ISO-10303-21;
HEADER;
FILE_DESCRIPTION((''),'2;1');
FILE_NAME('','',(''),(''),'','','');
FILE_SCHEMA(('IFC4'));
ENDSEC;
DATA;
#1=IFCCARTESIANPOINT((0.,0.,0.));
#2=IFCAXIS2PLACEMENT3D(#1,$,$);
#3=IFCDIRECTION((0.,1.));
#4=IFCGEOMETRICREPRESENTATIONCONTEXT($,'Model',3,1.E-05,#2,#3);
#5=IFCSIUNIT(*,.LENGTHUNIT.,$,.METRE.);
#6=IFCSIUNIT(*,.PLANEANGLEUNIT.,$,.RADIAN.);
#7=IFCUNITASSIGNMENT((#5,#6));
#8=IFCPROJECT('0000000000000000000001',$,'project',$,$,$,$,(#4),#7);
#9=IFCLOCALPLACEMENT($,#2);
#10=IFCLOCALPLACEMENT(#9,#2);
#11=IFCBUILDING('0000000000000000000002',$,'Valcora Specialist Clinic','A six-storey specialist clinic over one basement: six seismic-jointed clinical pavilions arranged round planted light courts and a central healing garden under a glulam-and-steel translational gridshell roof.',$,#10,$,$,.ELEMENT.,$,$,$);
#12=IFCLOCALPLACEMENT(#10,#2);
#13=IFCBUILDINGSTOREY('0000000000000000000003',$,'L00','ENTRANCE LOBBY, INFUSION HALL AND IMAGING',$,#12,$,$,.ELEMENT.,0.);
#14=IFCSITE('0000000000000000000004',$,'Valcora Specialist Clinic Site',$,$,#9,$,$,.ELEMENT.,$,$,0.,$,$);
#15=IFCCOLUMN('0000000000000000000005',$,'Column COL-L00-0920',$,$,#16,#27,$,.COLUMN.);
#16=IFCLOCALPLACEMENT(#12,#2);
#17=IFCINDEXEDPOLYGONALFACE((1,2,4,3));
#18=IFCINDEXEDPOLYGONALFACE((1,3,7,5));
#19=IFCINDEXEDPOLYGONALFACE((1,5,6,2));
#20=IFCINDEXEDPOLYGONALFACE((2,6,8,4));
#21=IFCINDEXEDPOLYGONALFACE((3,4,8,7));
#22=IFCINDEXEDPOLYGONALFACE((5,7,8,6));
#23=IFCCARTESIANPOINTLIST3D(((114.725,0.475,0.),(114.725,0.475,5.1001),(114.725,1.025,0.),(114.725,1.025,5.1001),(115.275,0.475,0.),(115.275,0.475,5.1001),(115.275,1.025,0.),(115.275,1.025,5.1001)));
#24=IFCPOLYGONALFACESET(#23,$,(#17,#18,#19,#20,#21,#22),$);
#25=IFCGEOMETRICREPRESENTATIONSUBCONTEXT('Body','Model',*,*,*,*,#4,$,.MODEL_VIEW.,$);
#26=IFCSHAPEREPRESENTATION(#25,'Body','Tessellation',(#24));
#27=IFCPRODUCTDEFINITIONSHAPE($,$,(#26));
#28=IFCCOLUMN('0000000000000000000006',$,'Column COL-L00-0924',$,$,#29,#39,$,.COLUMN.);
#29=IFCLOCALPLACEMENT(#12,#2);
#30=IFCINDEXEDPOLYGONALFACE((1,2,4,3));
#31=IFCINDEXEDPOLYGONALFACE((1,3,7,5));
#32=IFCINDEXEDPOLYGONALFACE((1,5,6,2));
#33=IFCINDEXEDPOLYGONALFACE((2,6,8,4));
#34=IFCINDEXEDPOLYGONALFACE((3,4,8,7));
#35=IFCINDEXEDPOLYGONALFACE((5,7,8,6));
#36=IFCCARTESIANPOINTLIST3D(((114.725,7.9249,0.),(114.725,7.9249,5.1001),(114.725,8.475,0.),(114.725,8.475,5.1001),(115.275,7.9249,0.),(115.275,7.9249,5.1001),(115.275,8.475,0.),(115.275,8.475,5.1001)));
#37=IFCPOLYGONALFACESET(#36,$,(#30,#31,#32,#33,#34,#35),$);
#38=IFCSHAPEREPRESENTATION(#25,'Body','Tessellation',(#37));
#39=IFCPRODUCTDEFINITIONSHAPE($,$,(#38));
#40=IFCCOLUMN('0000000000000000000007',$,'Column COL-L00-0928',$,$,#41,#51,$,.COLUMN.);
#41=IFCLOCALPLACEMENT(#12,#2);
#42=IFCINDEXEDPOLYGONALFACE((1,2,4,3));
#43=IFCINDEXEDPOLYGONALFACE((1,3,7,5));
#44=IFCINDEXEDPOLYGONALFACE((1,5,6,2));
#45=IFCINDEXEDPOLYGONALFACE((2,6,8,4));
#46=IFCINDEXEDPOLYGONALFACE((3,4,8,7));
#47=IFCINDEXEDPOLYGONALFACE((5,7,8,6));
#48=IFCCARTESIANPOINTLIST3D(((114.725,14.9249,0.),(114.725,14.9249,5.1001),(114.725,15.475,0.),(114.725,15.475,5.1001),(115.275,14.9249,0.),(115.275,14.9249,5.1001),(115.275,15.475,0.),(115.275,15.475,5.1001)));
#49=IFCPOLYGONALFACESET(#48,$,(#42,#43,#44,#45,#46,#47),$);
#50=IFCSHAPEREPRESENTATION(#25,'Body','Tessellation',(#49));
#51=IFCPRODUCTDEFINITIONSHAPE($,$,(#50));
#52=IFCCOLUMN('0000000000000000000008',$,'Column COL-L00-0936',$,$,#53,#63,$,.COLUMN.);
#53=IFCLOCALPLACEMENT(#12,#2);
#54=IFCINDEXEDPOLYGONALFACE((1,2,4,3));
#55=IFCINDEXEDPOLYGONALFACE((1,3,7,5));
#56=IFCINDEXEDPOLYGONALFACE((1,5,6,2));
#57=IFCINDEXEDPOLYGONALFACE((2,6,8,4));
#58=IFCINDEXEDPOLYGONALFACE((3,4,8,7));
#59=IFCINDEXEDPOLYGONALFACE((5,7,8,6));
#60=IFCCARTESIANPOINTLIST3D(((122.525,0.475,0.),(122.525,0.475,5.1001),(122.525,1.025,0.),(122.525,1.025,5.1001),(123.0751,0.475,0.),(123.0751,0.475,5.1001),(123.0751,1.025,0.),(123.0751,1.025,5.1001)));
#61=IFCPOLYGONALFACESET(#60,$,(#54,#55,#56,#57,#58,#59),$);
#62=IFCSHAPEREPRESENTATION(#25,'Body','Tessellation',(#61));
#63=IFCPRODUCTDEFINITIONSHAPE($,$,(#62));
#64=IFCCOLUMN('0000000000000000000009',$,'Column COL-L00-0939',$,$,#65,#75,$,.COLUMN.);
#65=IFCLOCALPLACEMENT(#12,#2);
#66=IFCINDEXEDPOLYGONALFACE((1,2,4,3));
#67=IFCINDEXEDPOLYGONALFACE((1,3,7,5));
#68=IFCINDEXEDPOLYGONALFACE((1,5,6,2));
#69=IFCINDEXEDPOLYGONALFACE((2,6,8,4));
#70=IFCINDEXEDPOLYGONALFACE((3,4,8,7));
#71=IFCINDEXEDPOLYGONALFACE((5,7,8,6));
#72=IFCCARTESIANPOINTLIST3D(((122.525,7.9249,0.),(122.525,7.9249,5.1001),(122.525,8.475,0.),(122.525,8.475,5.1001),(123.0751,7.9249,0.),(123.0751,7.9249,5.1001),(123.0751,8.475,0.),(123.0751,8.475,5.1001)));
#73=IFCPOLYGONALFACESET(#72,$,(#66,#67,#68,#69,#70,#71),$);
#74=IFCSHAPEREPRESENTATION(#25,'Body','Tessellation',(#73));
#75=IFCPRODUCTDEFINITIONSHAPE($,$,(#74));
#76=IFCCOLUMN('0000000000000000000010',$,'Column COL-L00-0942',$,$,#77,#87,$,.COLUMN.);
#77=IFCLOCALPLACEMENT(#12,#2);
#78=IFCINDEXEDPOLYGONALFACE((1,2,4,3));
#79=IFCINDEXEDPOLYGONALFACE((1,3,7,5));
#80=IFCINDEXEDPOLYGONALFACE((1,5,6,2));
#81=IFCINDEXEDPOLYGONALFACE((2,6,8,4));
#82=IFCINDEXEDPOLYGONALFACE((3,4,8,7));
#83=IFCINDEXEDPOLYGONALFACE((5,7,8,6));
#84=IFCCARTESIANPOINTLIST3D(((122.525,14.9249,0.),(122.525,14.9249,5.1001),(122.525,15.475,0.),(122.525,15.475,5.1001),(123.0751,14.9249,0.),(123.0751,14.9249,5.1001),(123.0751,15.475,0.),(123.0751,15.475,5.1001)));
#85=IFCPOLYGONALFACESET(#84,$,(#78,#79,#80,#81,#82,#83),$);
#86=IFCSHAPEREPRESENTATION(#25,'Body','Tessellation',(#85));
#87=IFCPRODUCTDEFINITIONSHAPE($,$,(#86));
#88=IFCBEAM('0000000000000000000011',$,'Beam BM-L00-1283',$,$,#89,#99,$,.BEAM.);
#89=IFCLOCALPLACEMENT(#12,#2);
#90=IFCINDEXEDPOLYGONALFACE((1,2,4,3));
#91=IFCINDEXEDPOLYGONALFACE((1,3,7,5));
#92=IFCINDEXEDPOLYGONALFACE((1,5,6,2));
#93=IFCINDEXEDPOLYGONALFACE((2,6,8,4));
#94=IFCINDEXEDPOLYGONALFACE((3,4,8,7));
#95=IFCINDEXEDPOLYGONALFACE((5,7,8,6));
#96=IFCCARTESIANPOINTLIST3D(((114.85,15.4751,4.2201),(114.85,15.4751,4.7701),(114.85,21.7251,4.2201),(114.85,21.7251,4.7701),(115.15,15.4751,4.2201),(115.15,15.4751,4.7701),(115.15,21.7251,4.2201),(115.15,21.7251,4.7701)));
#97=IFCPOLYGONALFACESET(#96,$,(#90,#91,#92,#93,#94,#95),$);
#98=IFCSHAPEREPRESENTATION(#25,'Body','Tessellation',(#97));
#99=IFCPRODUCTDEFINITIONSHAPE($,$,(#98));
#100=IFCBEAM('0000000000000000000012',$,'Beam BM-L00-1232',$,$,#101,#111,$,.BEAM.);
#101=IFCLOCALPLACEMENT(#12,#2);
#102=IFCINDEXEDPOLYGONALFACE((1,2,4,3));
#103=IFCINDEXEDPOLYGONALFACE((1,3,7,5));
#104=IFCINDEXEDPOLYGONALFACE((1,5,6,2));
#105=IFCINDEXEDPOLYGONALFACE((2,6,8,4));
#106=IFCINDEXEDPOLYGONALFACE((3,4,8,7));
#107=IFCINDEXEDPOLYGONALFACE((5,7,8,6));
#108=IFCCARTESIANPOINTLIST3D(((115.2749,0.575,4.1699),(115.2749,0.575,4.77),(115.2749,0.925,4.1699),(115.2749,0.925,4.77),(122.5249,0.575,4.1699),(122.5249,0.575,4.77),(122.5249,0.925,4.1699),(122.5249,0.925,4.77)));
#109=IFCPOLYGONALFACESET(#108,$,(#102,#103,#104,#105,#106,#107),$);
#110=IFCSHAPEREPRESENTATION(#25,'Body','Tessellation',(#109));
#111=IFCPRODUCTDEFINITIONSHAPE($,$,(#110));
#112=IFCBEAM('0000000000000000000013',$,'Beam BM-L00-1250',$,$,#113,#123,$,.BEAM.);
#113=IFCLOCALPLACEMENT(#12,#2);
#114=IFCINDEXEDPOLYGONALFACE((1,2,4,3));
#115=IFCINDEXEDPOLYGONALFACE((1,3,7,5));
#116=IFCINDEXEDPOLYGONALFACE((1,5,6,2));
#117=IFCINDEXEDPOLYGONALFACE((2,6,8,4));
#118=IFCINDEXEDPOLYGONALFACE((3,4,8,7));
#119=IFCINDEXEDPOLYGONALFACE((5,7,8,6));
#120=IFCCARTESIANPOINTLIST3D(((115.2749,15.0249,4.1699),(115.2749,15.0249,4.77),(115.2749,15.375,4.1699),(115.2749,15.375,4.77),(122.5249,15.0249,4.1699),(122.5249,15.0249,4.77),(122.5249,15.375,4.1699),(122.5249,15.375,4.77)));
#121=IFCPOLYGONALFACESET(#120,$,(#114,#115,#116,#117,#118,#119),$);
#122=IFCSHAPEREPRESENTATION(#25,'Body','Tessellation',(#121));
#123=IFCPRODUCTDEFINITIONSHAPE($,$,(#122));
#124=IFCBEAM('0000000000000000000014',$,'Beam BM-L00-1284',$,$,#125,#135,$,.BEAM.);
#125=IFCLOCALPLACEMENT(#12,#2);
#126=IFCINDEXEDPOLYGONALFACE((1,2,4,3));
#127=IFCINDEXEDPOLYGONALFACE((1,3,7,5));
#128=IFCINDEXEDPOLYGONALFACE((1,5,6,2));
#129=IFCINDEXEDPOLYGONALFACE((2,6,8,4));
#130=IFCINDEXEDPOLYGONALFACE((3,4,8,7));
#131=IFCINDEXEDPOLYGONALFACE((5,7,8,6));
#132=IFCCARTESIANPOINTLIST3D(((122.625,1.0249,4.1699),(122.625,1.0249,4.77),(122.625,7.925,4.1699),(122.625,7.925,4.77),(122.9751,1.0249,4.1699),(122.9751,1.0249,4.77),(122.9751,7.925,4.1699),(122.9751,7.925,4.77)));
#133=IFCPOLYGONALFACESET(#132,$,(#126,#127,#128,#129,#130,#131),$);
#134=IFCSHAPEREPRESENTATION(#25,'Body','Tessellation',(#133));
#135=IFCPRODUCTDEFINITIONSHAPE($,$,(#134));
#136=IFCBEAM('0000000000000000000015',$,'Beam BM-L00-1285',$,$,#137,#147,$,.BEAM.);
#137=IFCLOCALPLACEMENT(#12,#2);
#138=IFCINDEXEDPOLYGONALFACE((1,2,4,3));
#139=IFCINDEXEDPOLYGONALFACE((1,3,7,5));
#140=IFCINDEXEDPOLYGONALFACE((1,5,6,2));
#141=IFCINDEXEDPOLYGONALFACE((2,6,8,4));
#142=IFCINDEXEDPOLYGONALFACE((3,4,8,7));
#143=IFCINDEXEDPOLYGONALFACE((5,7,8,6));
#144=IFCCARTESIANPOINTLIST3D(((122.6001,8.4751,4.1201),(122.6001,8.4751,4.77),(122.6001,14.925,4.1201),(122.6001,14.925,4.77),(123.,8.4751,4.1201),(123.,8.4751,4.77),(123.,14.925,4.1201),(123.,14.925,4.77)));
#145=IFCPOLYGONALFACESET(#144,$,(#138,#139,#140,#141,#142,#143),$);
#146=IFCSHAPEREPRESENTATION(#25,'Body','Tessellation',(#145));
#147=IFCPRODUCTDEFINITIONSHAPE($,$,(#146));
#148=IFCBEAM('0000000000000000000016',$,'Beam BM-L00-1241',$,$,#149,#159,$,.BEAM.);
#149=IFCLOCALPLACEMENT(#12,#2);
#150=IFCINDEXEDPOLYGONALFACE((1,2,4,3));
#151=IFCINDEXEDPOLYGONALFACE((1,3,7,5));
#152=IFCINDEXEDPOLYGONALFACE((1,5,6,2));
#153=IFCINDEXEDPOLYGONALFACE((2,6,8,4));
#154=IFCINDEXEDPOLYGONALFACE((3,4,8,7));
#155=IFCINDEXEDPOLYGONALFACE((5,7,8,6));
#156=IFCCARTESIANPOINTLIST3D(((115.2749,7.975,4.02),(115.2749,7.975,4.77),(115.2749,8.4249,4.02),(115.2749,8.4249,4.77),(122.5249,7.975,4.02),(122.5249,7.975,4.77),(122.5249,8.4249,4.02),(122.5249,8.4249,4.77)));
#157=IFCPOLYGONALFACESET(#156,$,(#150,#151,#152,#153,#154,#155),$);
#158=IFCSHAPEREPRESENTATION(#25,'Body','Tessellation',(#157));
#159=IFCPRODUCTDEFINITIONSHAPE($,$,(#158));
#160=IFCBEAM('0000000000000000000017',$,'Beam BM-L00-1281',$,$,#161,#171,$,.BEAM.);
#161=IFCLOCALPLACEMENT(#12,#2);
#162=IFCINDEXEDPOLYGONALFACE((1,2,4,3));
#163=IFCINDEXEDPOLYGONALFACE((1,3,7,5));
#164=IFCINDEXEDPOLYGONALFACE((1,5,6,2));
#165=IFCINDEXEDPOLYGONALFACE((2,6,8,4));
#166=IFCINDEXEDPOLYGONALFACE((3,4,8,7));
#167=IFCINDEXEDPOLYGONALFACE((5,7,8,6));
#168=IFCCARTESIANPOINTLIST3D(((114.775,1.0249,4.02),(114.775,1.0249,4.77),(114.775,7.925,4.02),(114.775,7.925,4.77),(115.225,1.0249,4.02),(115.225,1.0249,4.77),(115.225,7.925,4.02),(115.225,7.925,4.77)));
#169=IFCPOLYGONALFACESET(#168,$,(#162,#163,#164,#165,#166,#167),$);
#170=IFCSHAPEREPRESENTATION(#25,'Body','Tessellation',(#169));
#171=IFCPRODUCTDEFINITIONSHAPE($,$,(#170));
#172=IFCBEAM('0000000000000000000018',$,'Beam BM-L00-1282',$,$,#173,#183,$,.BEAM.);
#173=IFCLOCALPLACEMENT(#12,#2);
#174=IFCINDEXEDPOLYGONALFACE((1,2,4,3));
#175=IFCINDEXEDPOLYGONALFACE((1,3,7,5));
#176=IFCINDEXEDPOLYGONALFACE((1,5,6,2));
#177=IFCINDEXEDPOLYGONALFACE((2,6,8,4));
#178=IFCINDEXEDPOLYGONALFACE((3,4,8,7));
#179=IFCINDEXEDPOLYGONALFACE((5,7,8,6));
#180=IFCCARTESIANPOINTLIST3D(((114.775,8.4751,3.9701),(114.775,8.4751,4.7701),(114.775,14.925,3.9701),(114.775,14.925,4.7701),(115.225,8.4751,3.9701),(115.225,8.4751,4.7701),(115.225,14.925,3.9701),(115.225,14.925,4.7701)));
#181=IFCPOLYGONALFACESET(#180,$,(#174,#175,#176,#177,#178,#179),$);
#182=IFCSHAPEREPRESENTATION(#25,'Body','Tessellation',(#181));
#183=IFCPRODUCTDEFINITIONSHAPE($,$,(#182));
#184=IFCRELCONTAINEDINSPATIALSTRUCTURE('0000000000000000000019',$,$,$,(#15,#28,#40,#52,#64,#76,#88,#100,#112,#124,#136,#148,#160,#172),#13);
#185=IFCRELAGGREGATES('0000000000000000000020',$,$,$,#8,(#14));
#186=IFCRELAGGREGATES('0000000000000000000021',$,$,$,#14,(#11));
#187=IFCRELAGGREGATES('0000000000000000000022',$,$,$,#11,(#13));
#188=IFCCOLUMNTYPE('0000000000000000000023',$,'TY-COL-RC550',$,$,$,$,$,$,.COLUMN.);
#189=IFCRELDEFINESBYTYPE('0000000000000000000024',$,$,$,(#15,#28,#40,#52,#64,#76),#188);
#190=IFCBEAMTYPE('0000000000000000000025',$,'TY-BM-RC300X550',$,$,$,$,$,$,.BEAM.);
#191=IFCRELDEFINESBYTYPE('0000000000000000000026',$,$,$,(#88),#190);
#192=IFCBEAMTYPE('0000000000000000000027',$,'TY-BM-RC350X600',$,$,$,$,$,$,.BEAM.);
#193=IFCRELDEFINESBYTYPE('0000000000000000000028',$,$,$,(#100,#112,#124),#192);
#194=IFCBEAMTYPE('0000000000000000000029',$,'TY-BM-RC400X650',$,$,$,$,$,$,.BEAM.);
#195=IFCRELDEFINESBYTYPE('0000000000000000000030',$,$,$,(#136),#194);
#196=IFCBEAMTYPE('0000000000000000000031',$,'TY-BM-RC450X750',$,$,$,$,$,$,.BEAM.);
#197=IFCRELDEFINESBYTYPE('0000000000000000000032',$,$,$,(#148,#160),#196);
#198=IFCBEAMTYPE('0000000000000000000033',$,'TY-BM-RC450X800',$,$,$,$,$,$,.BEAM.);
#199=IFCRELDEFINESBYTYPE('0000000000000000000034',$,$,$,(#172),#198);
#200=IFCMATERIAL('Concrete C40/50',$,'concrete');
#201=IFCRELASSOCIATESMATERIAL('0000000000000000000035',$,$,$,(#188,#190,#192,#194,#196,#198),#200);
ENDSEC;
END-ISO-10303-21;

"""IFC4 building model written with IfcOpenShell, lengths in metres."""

from ifc_helpers import new_model, si_unit, direction, frame, origin, origin_2d, place, context, subcontext, project, spatial, rectangle, extrude, material, material_profile, profile_set, type_object, element, save


model = new_model("IFC4")

# Units and contexts
model_context = context("Model", 3, precision=1e-05, world=origin(), true_north=direction((0.0, 1.0)))
body_context = subcontext(model_context, "Body", "Model", "MODEL_VIEW")
ifc_project = project(units=[si_unit("LENGTHUNIT", "METRE"), si_unit("PLANEANGLEUNIT", "RADIAN")], contexts=[model_context])

# Site, building, storey
site_placement = place(None, origin())
site = spatial("IfcSite", under=ifc_project, at=site_placement, Name="Valcora Specialist Clinic Site", CompositionType="ELEMENT", RefElevation=0.0)
building_placement = place(site_placement, origin())
building = spatial("IfcBuilding", under=site, at=building_placement, Name="Valcora Specialist Clinic", Description="A six-storey specialist clinic over one basement: six seismic-jointed clinical pavilions arranged round planted light courts and a central healing garden under a glulam-and-steel translational gridshell roof.", CompositionType="ELEMENT")
storey_placement = place(building_placement, origin())
storey = spatial("IfcBuildingStorey", under=building, at=storey_placement, Name="L00", Description="ENTRANCE LOBBY, INFUSION HALL AND IMAGING", CompositionType="ELEMENT", Elevation=0.0)

# Columns
ifc_material_1 = material(Name="Concrete C40/50", Category="concrete")
ifc_material_profile_1 = material_profile(ifc_material_1, rectangle(XDim=0.55, YDim=0.55, at=origin_2d()), Name="RC-COL-550X550")
ifc_profile_set_1 = profile_set([ifc_material_profile_1], Name="Concrete C40/50")
column_type = type_object("IfcColumnType", Name="TY-COL-RC550", PredefinedType="COLUMN", material=ifc_profile_set_1)
for number, where, z_axis, x_axis, name in (
    (1, (115.0, 0.75, 0.0), (0.0, 0.0, 1.0), (1.0, 0.0, 0.0), "Column COL-L00-0920"),
    (2, (115.0, 8.2, 0.0), (0.0, 0.0, 1.0), (1.0, 0.0, 0.0), "Column COL-L00-0924"),
    (3, (115.0, 15.2, 0.0), (0.0, 0.0, 1.0), (1.0, 0.0, 0.0), "Column COL-L00-0928"),
    (4, (122.8, 0.75, 0.0), (0.0, 0.0, 1.0), (1.0, 0.0, 0.0), "Column COL-L00-0936"),
    (5, (122.8, 8.2, 0.0), (0.0, 0.0, 1.0), (1.0, 0.0, 0.0), "Column COL-L00-0939"),
    (6, (122.8, 15.2, 0.0), (0.0, 0.0, 1.0), (1.0, 0.0, 0.0), "Column COL-L00-0942"),
):
    element("IfcColumn", number, at=place(storey_placement, frame(where, z_axis=z_axis, x_axis=x_axis)), inside=storey, type_object=column_type, Name=name, PredefinedType="COLUMN", context=body_context, shape_type="SweptSolid", body=[
        extrude(rectangle(XDim=0.55, YDim=0.55, at=origin_2d()), origin(), (0.0, 0.0, 1.0), 5.1001),
    ])

# Beams
ifc_material_profile_2 = material_profile(ifc_material_1, rectangle(XDim=0.3, YDim=0.55, at=origin_2d()), Name="RC-BM-300X550")
ifc_profile_set_2 = profile_set([ifc_material_profile_2], Name="Concrete C40/50")
beam_type_1 = type_object("IfcBeamType", Name="TY-BM-RC300X550", PredefinedType="BEAM", material=ifc_profile_set_2)
beam_1_placement = place(storey_placement, frame((115.0, 15.4751, 4.4951), z_axis=(0.0, 1.0, 0.0), x_axis=(-1.0, 0.0, 0.0)))
element("IfcBeam", 7, at=beam_1_placement, inside=storey, type_object=beam_type_1, Name="Beam BM-L00-1283", PredefinedType="BEAM", context=body_context, shape_type="SweptSolid", body=[
    extrude(rectangle(XDim=0.3, YDim=0.55, at=origin_2d()), origin(), (0.0, 0.0, 1.0), 6.25),
])
ifc_material_profile_3 = material_profile(ifc_material_1, rectangle(XDim=0.3501, YDim=0.6001, at=origin_2d()), Name="RC-BM-350X600")
ifc_profile_set_3 = profile_set([ifc_material_profile_3], Name="Concrete C40/50")
beam_type_2 = type_object("IfcBeamType", Name="TY-BM-RC350X600", PredefinedType="BEAM", material=ifc_profile_set_3)
for number, where, z_axis, x_axis, name in (
    (8, (115.2749, 0.75, 4.47), (1.0, 0.0, 0.0), (0.0, 1.0, 0.0), "Beam BM-L00-1232"),
    (9, (115.2749, 15.2, 4.47), (1.0, 0.0, 0.0), (0.0, 1.0, 0.0), "Beam BM-L00-1250"),
):
    element("IfcBeam", number, at=place(storey_placement, frame(where, z_axis=z_axis, x_axis=x_axis)), inside=storey, type_object=beam_type_2, Name=name, PredefinedType="BEAM", context=body_context, shape_type="SweptSolid", body=[
        extrude(rectangle(XDim=0.3501, YDim=0.6001, at=origin_2d()), origin(), (0.0, 0.0, 1.0), 7.25),
    ])
beam_2_placement = place(storey_placement, frame((122.8, 1.0249, 4.47), z_axis=(0.0, 1.0, 0.0), x_axis=(-1.0, 0.0, 0.0)))
element("IfcBeam", 10, at=beam_2_placement, inside=storey, type_object=beam_type_2, Name="Beam BM-L00-1284", PredefinedType="BEAM", context=body_context, shape_type="SweptSolid", body=[
    extrude(rectangle(XDim=0.3501, YDim=0.6001, at=origin_2d()), origin(), (0.0, 0.0, 1.0), 6.9001),
])
ifc_material_profile_4 = material_profile(ifc_material_1, rectangle(XDim=0.3999, YDim=0.6499, at=origin_2d()), Name="RC-BM-400X650")
ifc_profile_set_4 = profile_set([ifc_material_profile_4], Name="Concrete C40/50")
beam_type_3 = type_object("IfcBeamType", Name="TY-BM-RC400X650", PredefinedType="BEAM", material=ifc_profile_set_4)
beam_3_placement = place(storey_placement, frame((122.8, 8.4751, 4.4451), z_axis=(0.0, 1.0, 0.0), x_axis=(-1.0, 0.0, 0.0)))
element("IfcBeam", 11, at=beam_3_placement, inside=storey, type_object=beam_type_3, Name="Beam BM-L00-1285", PredefinedType="BEAM", context=body_context, shape_type="SweptSolid", body=[
    extrude(rectangle(XDim=0.3999, YDim=0.6499, at=origin_2d()), origin(), (0.0, 0.0, 1.0), 6.45),
])
ifc_material_profile_5 = material_profile(ifc_material_1, rectangle(XDim=0.45, YDim=0.75, at=origin_2d()), Name="RC-BM-450X750")
ifc_profile_set_5 = profile_set([ifc_material_profile_5], Name="Concrete C40/50")
beam_type_4 = type_object("IfcBeamType", Name="TY-BM-RC450X750", PredefinedType="BEAM", material=ifc_profile_set_5)
beam_4_placement = place(storey_placement, frame((115.2749, 8.2, 4.395), z_axis=(1.0, 0.0, 0.0), x_axis=(0.0, 1.0, 0.0)))
element("IfcBeam", 12, at=beam_4_placement, inside=storey, type_object=beam_type_4, Name="Beam BM-L00-1241", PredefinedType="BEAM", context=body_context, shape_type="SweptSolid", body=[
    extrude(rectangle(XDim=0.45, YDim=0.75, at=origin_2d()), origin(), (0.0, 0.0, 1.0), 7.25),
])
beam_5_placement = place(storey_placement, frame((115.0, 1.0249, 4.395), z_axis=(0.0, 1.0, 0.0), x_axis=(-1.0, 0.0, 0.0)))
element("IfcBeam", 13, at=beam_5_placement, inside=storey, type_object=beam_type_4, Name="Beam BM-L00-1281", PredefinedType="BEAM", context=body_context, shape_type="SweptSolid", body=[
    extrude(rectangle(XDim=0.45, YDim=0.75, at=origin_2d()), origin(), (0.0, 0.0, 1.0), 6.9001),
])
ifc_material_profile_6 = material_profile(ifc_material_1, rectangle(XDim=0.45, YDim=0.8, at=origin_2d()), Name="RC-BM-450X800")
ifc_profile_set_6 = profile_set([ifc_material_profile_6], Name="Concrete C40/50")
beam_type_5 = type_object("IfcBeamType", Name="TY-BM-RC450X800", PredefinedType="BEAM", material=ifc_profile_set_6)
beam_6_placement = place(storey_placement, frame((115.0, 8.4751, 4.3701), z_axis=(0.0, 1.0, 0.0), x_axis=(-1.0, 0.0, 0.0)))
element("IfcBeam", 14, at=beam_6_placement, inside=storey, type_object=beam_type_5, Name="Beam BM-L00-1282", PredefinedType="BEAM", context=body_context, shape_type="SweptSolid", body=[
    extrude(rectangle(XDim=0.45, YDim=0.8, at=origin_2d()), origin(), (0.0, 0.0, 1.0), 6.45),
])

save(model, "model.ifc")
